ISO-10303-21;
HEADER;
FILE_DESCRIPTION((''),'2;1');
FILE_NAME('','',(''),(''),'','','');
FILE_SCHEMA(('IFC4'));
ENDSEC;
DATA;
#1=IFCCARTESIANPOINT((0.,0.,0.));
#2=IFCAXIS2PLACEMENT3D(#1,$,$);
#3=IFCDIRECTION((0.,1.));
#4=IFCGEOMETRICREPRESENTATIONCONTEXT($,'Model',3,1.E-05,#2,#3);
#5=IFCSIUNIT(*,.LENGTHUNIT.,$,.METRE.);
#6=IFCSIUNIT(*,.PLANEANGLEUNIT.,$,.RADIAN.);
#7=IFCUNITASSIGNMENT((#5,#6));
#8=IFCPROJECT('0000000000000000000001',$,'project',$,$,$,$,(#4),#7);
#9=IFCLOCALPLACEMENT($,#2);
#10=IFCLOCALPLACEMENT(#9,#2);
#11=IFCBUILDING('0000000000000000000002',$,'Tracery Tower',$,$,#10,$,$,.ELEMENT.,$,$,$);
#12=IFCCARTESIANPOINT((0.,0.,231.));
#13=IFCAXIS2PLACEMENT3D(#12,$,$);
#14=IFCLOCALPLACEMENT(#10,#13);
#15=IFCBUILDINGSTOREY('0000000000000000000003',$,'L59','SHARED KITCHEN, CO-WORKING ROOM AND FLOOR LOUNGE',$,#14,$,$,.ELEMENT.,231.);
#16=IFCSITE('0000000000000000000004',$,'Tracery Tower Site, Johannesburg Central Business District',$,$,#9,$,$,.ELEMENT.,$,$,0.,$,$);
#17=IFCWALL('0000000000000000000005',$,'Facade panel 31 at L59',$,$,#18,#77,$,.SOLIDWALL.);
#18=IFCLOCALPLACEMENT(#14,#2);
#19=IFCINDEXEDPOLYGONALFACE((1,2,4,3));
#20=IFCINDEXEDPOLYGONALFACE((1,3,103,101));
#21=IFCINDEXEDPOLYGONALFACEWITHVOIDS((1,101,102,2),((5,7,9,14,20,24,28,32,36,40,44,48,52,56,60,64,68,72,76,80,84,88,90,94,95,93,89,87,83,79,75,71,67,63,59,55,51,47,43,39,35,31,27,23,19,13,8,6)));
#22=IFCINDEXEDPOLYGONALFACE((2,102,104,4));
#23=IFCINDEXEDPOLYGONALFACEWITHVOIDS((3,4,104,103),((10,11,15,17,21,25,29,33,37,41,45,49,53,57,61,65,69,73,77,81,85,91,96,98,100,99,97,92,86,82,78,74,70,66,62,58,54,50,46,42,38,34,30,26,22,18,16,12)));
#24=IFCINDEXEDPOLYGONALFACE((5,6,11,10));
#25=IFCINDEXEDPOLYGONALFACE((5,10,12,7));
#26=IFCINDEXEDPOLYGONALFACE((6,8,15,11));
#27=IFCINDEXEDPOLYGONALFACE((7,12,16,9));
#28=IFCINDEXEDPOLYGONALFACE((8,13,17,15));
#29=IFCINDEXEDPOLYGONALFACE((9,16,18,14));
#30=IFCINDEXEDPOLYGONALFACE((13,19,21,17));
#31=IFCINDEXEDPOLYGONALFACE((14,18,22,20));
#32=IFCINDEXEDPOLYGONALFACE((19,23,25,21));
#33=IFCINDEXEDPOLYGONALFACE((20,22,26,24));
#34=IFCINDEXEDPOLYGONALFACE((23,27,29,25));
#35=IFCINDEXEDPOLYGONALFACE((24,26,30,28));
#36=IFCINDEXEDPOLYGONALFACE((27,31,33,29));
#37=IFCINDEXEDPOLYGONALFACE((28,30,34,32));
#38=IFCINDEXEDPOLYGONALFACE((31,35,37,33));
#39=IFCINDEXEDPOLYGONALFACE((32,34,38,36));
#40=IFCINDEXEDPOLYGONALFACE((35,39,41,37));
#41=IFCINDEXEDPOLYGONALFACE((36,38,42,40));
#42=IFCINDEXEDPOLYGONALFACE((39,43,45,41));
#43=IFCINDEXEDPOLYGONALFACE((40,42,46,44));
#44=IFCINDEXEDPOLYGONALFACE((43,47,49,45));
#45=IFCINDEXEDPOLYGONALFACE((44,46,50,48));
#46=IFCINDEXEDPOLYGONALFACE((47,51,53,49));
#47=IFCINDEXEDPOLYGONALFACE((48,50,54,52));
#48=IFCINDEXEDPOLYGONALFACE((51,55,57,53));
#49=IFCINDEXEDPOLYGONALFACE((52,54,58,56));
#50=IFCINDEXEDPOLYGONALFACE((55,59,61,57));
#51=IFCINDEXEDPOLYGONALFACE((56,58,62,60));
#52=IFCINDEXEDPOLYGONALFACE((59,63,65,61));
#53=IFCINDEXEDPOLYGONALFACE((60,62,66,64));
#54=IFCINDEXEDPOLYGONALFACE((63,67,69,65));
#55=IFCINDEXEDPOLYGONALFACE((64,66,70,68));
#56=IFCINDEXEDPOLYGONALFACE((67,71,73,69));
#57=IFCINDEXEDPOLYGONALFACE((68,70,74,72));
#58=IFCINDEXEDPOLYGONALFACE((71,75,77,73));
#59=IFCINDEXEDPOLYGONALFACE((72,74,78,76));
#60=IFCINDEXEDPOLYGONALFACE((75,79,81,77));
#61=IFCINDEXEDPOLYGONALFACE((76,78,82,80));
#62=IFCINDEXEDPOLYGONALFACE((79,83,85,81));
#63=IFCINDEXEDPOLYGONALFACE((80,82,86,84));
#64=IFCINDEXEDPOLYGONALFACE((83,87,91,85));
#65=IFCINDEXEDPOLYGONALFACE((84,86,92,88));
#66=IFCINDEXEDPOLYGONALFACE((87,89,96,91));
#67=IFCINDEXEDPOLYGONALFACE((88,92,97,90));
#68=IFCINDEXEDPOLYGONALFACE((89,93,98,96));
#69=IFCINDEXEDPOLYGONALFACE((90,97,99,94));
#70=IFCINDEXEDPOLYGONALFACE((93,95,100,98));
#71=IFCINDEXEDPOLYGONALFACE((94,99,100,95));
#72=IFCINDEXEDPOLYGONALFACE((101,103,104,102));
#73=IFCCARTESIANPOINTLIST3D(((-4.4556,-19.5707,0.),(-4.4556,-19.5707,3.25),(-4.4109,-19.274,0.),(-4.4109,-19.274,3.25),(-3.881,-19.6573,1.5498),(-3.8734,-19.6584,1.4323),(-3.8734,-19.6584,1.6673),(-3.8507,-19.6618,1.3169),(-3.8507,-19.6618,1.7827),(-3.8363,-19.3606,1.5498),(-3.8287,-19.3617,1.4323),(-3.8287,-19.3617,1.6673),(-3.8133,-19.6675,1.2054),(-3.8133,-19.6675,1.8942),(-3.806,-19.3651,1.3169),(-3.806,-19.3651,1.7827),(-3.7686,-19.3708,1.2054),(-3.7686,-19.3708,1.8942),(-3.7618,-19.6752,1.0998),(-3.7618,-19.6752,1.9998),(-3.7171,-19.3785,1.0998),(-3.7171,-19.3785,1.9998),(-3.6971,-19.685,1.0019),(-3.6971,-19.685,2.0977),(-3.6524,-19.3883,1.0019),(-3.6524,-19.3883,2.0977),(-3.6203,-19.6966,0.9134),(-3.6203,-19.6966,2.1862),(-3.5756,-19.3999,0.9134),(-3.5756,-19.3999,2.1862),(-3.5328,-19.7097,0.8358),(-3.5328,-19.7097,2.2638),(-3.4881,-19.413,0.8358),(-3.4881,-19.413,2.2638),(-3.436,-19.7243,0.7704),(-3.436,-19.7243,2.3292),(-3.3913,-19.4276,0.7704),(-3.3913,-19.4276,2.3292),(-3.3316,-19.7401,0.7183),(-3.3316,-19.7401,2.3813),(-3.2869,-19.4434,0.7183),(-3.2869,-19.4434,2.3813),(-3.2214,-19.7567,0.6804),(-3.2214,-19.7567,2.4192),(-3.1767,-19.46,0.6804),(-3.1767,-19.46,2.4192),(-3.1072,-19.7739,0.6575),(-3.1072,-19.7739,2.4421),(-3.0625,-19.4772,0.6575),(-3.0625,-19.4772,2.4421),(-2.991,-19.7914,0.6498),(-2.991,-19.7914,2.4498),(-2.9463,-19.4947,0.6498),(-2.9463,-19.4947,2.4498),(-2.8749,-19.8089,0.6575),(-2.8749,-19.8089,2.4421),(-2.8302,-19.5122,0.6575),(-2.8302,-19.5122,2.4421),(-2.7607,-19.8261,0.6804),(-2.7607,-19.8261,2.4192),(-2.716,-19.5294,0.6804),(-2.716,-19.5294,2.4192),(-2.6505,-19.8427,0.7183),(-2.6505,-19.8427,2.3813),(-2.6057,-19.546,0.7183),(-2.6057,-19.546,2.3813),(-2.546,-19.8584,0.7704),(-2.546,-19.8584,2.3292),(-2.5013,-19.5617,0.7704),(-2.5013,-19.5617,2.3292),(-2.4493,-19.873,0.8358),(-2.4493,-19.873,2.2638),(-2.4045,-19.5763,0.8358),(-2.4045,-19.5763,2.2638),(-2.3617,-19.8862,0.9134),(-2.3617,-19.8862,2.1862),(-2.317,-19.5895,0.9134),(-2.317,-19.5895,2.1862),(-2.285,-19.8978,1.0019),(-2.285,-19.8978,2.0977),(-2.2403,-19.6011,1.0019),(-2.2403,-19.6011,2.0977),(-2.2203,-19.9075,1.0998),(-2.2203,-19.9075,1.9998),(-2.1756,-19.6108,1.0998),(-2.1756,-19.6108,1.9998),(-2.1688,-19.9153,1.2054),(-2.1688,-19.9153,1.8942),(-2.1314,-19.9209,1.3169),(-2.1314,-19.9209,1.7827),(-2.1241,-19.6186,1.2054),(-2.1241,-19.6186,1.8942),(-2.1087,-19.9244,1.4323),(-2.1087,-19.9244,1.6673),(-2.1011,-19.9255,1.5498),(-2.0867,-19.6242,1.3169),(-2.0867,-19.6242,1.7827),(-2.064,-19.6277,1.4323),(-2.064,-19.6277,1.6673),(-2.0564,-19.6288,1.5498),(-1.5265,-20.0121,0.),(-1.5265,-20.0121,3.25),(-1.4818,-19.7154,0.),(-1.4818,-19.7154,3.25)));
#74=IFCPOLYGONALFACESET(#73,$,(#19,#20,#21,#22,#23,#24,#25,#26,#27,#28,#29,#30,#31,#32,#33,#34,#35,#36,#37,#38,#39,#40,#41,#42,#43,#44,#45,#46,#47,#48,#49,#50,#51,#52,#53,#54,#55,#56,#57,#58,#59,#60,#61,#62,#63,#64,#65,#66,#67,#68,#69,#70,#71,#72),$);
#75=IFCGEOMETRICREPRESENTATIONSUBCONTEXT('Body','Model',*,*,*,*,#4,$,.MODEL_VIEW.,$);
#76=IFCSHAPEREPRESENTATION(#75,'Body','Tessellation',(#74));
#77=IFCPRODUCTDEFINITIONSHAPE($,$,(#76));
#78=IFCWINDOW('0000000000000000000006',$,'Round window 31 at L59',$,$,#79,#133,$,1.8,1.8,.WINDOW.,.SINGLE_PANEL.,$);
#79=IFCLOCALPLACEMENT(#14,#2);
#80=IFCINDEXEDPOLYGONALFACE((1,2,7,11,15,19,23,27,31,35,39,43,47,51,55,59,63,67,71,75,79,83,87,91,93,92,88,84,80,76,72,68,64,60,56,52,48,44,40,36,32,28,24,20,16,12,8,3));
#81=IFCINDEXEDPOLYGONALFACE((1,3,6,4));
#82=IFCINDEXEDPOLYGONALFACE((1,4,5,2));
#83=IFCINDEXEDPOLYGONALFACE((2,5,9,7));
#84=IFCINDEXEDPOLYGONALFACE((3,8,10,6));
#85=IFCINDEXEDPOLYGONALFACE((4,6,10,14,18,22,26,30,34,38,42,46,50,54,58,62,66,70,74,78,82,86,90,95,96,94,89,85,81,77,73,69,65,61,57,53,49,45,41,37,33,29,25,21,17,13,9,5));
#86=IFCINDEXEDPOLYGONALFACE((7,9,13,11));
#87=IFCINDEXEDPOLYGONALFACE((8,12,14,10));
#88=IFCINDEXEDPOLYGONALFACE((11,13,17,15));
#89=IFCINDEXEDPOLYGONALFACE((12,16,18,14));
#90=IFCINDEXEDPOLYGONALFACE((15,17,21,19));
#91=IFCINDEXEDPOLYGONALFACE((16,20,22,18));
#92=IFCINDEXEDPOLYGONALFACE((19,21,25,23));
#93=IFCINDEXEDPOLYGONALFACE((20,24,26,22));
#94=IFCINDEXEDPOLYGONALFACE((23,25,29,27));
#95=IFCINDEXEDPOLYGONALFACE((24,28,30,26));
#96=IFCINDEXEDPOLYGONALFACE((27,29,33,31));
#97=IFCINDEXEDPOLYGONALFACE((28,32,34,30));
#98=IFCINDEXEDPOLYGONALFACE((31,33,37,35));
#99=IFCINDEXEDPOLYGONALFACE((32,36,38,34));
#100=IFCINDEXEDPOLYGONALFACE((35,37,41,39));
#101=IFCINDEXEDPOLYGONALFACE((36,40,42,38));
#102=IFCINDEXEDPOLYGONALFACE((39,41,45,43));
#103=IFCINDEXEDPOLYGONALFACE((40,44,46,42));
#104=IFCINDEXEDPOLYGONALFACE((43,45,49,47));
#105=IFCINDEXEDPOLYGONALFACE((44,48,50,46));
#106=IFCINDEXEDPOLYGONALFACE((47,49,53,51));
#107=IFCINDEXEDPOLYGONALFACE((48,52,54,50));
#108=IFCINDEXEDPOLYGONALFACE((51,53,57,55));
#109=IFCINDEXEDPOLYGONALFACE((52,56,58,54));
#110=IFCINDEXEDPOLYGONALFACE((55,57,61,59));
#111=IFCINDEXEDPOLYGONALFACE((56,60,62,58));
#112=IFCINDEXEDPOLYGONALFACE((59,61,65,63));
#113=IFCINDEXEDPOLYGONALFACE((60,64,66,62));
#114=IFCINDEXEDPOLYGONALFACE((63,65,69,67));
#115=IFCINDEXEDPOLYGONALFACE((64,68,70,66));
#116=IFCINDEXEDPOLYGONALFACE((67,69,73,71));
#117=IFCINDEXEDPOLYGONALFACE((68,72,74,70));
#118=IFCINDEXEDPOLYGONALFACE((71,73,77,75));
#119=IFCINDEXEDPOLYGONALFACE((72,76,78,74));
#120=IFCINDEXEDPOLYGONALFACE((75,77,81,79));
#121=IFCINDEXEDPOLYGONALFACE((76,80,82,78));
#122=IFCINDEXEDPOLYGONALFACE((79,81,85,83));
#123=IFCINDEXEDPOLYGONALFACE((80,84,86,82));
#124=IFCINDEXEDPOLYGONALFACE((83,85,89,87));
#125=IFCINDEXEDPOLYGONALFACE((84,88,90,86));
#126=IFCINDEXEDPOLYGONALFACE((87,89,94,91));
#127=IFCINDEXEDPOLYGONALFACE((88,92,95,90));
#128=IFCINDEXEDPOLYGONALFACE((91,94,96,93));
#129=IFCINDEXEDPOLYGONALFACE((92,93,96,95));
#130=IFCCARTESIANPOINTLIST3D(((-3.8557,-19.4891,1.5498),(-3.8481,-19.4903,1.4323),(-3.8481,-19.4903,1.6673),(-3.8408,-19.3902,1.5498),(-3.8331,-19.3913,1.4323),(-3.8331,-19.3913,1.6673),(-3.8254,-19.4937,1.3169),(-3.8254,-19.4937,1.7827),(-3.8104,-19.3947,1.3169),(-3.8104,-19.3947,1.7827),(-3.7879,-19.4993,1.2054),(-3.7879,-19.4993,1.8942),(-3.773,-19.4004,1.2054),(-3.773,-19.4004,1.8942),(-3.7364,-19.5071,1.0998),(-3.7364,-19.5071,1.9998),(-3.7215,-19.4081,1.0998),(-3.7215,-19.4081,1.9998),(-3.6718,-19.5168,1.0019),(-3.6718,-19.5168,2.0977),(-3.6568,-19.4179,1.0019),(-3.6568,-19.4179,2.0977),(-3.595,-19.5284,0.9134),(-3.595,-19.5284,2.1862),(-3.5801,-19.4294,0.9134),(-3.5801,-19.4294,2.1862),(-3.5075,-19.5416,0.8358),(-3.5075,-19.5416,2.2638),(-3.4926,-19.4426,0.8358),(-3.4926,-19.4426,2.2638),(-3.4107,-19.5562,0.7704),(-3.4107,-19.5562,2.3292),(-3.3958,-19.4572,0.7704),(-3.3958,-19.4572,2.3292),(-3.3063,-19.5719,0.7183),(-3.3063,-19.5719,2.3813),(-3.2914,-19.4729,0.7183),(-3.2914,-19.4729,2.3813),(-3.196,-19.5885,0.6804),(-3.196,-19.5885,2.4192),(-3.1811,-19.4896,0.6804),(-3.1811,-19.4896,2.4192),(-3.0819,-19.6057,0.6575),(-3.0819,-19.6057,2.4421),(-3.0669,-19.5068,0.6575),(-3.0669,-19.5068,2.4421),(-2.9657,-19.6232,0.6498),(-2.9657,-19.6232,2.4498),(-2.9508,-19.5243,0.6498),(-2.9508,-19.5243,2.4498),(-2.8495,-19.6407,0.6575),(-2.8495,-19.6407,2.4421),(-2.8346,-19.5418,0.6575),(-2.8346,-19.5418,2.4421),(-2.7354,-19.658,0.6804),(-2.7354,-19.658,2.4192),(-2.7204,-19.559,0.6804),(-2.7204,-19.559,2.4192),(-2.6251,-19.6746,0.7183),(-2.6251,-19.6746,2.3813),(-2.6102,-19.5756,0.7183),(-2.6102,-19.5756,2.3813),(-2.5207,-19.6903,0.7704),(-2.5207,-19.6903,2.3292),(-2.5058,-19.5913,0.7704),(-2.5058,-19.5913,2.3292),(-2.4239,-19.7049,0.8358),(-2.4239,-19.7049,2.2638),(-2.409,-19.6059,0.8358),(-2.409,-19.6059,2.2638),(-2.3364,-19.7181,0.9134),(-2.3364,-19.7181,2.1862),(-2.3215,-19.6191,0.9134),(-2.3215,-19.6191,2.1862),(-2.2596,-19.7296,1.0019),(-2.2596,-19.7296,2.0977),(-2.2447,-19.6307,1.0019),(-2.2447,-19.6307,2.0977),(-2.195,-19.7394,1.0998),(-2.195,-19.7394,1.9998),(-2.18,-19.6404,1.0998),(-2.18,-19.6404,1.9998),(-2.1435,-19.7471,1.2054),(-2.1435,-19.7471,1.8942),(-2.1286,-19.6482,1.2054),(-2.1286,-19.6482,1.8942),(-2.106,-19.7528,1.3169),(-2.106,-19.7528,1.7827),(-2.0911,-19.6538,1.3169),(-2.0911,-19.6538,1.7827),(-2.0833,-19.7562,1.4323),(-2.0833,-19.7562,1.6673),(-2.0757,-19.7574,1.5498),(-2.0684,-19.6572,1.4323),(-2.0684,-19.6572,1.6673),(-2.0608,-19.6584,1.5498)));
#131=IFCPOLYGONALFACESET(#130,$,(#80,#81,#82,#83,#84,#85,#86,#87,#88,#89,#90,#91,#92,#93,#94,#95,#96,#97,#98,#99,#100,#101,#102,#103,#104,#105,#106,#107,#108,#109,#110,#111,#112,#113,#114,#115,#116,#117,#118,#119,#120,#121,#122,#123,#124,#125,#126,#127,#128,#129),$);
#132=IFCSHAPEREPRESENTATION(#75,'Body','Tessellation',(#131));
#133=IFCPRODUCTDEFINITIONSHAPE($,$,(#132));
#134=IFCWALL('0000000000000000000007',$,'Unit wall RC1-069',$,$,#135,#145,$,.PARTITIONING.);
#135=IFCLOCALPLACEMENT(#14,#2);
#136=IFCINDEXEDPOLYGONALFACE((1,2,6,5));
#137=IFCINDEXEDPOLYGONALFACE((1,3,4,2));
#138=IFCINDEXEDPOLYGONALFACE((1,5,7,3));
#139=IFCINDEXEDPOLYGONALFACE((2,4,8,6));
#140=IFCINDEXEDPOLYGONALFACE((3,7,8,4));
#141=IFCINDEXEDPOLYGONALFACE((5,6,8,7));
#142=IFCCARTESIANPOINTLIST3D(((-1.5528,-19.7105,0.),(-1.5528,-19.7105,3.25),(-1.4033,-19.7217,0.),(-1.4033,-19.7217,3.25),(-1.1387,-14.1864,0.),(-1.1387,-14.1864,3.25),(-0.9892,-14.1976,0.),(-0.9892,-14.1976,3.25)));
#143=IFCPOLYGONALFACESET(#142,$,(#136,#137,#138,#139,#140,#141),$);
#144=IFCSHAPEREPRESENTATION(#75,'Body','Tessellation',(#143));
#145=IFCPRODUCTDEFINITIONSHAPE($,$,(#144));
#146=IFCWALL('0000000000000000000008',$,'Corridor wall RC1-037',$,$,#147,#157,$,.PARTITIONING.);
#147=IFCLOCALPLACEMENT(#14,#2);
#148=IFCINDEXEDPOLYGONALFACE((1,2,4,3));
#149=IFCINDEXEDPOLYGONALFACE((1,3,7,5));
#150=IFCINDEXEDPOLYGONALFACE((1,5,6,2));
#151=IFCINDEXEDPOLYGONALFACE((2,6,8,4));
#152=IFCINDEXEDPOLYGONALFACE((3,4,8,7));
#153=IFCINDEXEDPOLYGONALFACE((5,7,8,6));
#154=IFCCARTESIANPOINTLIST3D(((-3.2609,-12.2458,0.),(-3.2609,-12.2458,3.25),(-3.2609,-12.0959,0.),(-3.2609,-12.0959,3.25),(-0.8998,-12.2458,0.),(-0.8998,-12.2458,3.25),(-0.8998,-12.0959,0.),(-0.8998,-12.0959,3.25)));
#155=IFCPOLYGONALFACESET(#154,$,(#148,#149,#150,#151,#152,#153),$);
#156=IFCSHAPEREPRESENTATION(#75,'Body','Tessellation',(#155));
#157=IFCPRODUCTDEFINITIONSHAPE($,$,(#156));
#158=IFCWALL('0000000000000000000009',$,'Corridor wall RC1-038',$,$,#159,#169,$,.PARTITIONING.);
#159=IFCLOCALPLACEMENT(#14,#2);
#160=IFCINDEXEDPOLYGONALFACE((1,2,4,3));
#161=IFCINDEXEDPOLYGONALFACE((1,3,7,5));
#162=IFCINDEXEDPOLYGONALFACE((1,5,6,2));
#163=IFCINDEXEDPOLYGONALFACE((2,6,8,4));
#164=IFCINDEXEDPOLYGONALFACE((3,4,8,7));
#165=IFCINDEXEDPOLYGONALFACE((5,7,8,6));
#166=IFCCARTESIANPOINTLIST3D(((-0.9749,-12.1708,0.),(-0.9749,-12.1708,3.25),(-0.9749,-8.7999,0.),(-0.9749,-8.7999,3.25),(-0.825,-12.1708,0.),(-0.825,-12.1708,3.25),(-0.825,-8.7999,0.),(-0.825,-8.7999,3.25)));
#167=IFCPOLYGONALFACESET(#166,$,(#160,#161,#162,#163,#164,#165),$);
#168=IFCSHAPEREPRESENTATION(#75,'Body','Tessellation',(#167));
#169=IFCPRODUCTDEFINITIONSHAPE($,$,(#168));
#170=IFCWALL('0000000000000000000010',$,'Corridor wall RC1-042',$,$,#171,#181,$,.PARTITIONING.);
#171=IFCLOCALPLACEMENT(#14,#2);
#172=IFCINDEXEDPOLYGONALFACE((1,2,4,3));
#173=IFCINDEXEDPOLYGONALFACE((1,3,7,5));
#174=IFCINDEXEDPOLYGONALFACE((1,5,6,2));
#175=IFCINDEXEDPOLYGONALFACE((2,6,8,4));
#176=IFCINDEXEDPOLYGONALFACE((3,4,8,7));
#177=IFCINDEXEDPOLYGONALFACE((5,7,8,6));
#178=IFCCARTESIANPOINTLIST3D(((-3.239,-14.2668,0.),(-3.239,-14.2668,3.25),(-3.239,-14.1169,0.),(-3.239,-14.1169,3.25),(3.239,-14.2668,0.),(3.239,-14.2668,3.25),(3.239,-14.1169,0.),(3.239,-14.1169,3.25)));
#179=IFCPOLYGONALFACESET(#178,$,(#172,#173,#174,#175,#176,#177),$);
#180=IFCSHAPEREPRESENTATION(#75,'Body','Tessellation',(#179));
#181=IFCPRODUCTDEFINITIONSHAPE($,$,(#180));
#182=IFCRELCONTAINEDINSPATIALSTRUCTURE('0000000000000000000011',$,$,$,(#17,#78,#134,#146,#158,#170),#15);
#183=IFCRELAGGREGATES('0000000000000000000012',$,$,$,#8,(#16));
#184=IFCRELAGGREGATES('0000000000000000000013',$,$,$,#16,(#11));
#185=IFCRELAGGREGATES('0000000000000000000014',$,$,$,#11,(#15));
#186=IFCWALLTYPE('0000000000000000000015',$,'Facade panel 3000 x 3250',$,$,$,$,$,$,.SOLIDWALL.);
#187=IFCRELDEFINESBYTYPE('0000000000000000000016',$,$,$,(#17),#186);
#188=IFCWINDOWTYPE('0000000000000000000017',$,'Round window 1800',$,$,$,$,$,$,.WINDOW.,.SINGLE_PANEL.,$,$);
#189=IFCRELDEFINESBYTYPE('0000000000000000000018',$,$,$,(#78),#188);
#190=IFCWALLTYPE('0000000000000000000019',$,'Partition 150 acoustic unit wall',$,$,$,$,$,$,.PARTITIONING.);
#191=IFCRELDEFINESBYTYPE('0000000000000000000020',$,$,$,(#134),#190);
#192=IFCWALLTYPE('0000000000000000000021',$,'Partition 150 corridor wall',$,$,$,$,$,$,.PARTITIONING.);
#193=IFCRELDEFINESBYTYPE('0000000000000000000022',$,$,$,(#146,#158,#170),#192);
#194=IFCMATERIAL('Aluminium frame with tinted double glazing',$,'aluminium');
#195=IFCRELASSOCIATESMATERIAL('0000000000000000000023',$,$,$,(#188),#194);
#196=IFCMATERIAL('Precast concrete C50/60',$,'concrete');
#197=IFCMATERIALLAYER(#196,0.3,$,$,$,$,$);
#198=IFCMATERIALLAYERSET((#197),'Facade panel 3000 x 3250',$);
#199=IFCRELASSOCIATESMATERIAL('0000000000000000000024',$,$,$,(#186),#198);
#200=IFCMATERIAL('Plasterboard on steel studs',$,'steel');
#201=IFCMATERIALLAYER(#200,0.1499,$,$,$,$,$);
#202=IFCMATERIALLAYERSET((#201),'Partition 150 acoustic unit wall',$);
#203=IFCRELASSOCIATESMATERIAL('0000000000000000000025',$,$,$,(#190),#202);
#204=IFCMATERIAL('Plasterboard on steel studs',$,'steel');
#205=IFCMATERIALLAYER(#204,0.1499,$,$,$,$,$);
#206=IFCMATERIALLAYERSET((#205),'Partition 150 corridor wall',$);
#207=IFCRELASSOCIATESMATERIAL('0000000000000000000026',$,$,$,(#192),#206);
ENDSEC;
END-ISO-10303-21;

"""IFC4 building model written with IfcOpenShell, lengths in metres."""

from ifc_helpers import new_model, si_unit, direction, frame, frame_2d, origin, origin_2d, place, context, subcontext, project, spatial, rectangle, circle, extrude, material, layer, layer_set, type_object, element, fill, save


model = new_model("IFC4")

# Units and contexts
model_context = context("Model", 3, precision=1e-05, world=origin(), true_north=direction((0.0, 1.0)))
body_context = subcontext(model_context, "Body", "Model", "MODEL_VIEW")
ifc_project = project(units=[si_unit("LENGTHUNIT", "METRE"), si_unit("PLANEANGLEUNIT", "RADIAN")], contexts=[model_context])

# Site, building, storey
site_placement = place(None, origin())
site = spatial("IfcSite", under=ifc_project, at=site_placement, Name="Tracery Tower Site, Johannesburg Central Business District", CompositionType="ELEMENT", RefElevation=0.0)
building_placement = place(site_placement, origin())
building = spatial("IfcBuilding", under=site, at=building_placement, Name="Tracery Tower", CompositionType="ELEMENT")
storey_placement = place(building_placement, frame((0.0, 0.0, 231.0)))
storey = spatial("IfcBuildingStorey", under=building, at=storey_placement, Name="L59", Description="SHARED KITCHEN, CO-WORKING ROOM AND FLOOR LOUNGE", CompositionType="ELEMENT", Elevation=231.0)

# Wall, opening, window
ifc_material_1 = material(Name="Aluminium frame with tinted double glazing", Category="aluminium")
window_type = type_object("IfcWindowType", Name="Round window 1800", PartitioningType="SINGLE_PANEL", PredefinedType="WINDOW", material=ifc_material_1)
ifc_material_2 = material(Name="Precast concrete C50/60", Category="concrete")
ifc_layer_1 = layer(ifc_material_2, 0.3)
ifc_layer_set_1 = layer_set([ifc_layer_1], Name="Facade panel 3000 x 3250")
wall_type_1 = type_object("IfcWallType", Name="Facade panel 3000 x 3250", PredefinedType="SOLIDWALL", material=ifc_layer_set_1)
wall_1_placement = place(storey_placement, frame((-4.4331, -19.4224, 0.0), z_axis=(0.0, 0.0, 1.0), x_axis=(0.988836, -0.149009, 0.0)))
wall_1 = element("IfcWall", 1, at=wall_1_placement, inside=storey, type_object=wall_type_1, Name="Facade panel 31 at L59", PredefinedType="SOLIDWALL", context=body_context, shape_type="SweptSolid", body=[
    extrude(rectangle(XDim=2.9622, YDim=0.3, at=frame_2d((1.481, 0.0))), origin(), (0.0, 0.0, 1.0), 3.25),
])
opening_1_placement = place(wall_1_placement, frame((1.481, 0.0, 1.5498)))
opening_1 = element("IfcOpeningElement", 2, at=opening_1_placement, cuts=wall_1, PredefinedType="OPENING", context=body_context, shape_type="SweptSolid", body=[
    extrude(circle(Radius=0.9, at=origin_2d()), frame((0.0, 0.1599, 0.0), z_axis=(0.0, -1.0, 0.0), x_axis=(1.0, 0.0, 0.0)), (0.0, 0.0, 1.0), 0.3201),
])
window_1_placement = place(opening_1_placement, origin())
window_1 = element("IfcWindow", 3, at=window_1_placement, inside=storey, type_object=window_type, Name="Round window 31 at L59", OverallHeight=1.8, OverallWidth=1.8, PartitioningType="SINGLE_PANEL", PredefinedType="WINDOW", context=body_context, shape_type="SweptSolid", body=[
    extrude(circle(Radius=0.9, at=origin_2d()), frame((0.0, 0.1201, 0.0), z_axis=(0.0, -1.0, 0.0), x_axis=(1.0, 0.0, 0.0)), (0.0, 0.0, 1.0), 0.1001),
])
fill(opening_1, window_1)

# Walls
ifc_material_3 = material(Name="Plasterboard on steel studs", Category="steel")
ifc_layer_2 = layer(ifc_material_3, 0.1499)
ifc_layer_set_2 = layer_set([ifc_layer_2], Name="Partition 150 acoustic unit wall")
wall_type_2 = type_object("IfcWallType", Name="Partition 150 acoustic unit wall", PredefinedType="PARTITIONING", material=ifc_layer_set_2)
wall_2_placement = place(storey_placement, frame((-1.478, -19.7161, 0.0), z_axis=(0.0, 0.0, 1.0), x_axis=(0.074745, 0.997203, 0.0)))
element("IfcWall", 4, at=wall_2_placement, inside=storey, type_object=wall_type_2, Name="Unit wall RC1-069", PredefinedType="PARTITIONING", context=body_context, shape_type="SweptSolid", body=[
    extrude(rectangle(XDim=5.5396, YDim=0.1499, at=frame_2d((2.7698, 0.0))), origin(), (0.0, 0.0, 1.0), 3.25),
])
ifc_material_4 = material(Name="Plasterboard on steel studs", Category="steel")
ifc_layer_3 = layer(ifc_material_4, 0.1499)
ifc_layer_set_3 = layer_set([ifc_layer_3], Name="Partition 150 corridor wall")
wall_type_3 = type_object("IfcWallType", Name="Partition 150 corridor wall", PredefinedType="PARTITIONING", material=ifc_layer_set_3)
wall_3_placement = place(storey_placement, frame((-3.261, -12.1709, 0.0), z_axis=(0.0, 0.0, 1.0), x_axis=(1.0, 0.0, 0.0)))
element("IfcWall", 5, at=wall_3_placement, inside=storey, type_object=wall_type_3, Name="Corridor wall RC1-037", PredefinedType="PARTITIONING", context=body_context, shape_type="SweptSolid", body=[
    extrude(rectangle(XDim=2.3611, YDim=0.1499, at=frame_2d((1.1807, 0.0))), origin(), (0.0, 0.0, 1.0), 3.25),
])
wall_4_placement = place(storey_placement, frame((-0.8999, -12.1709, 0.0), z_axis=(0.0, 0.0, 1.0), x_axis=(0.0, 1.0, 0.0)))
element("IfcWall", 6, at=wall_4_placement, inside=storey, type_object=wall_type_3, Name="Corridor wall RC1-038", PredefinedType="PARTITIONING", context=body_context, shape_type="SweptSolid", body=[
    extrude(rectangle(XDim=3.3708, YDim=0.1499, at=frame_2d((1.6855, 0.0))), origin(), (0.0, 0.0, 1.0), 3.25),
])
wall_5_placement = place(storey_placement, frame((-3.239, -14.1919, 0.0), z_axis=(0.0, 0.0, 1.0), x_axis=(1.0, 0.0, 0.0)))
element("IfcWall", 7, at=wall_5_placement, inside=storey, type_object=wall_type_3, Name="Corridor wall RC1-042", PredefinedType="PARTITIONING", context=body_context, shape_type="SweptSolid", body=[
    extrude(rectangle(XDim=6.478, YDim=0.1499, at=frame_2d((3.239, 0.0))), origin(), (0.0, 0.0, 1.0), 3.25),
])

save(model, "model.ifc")
